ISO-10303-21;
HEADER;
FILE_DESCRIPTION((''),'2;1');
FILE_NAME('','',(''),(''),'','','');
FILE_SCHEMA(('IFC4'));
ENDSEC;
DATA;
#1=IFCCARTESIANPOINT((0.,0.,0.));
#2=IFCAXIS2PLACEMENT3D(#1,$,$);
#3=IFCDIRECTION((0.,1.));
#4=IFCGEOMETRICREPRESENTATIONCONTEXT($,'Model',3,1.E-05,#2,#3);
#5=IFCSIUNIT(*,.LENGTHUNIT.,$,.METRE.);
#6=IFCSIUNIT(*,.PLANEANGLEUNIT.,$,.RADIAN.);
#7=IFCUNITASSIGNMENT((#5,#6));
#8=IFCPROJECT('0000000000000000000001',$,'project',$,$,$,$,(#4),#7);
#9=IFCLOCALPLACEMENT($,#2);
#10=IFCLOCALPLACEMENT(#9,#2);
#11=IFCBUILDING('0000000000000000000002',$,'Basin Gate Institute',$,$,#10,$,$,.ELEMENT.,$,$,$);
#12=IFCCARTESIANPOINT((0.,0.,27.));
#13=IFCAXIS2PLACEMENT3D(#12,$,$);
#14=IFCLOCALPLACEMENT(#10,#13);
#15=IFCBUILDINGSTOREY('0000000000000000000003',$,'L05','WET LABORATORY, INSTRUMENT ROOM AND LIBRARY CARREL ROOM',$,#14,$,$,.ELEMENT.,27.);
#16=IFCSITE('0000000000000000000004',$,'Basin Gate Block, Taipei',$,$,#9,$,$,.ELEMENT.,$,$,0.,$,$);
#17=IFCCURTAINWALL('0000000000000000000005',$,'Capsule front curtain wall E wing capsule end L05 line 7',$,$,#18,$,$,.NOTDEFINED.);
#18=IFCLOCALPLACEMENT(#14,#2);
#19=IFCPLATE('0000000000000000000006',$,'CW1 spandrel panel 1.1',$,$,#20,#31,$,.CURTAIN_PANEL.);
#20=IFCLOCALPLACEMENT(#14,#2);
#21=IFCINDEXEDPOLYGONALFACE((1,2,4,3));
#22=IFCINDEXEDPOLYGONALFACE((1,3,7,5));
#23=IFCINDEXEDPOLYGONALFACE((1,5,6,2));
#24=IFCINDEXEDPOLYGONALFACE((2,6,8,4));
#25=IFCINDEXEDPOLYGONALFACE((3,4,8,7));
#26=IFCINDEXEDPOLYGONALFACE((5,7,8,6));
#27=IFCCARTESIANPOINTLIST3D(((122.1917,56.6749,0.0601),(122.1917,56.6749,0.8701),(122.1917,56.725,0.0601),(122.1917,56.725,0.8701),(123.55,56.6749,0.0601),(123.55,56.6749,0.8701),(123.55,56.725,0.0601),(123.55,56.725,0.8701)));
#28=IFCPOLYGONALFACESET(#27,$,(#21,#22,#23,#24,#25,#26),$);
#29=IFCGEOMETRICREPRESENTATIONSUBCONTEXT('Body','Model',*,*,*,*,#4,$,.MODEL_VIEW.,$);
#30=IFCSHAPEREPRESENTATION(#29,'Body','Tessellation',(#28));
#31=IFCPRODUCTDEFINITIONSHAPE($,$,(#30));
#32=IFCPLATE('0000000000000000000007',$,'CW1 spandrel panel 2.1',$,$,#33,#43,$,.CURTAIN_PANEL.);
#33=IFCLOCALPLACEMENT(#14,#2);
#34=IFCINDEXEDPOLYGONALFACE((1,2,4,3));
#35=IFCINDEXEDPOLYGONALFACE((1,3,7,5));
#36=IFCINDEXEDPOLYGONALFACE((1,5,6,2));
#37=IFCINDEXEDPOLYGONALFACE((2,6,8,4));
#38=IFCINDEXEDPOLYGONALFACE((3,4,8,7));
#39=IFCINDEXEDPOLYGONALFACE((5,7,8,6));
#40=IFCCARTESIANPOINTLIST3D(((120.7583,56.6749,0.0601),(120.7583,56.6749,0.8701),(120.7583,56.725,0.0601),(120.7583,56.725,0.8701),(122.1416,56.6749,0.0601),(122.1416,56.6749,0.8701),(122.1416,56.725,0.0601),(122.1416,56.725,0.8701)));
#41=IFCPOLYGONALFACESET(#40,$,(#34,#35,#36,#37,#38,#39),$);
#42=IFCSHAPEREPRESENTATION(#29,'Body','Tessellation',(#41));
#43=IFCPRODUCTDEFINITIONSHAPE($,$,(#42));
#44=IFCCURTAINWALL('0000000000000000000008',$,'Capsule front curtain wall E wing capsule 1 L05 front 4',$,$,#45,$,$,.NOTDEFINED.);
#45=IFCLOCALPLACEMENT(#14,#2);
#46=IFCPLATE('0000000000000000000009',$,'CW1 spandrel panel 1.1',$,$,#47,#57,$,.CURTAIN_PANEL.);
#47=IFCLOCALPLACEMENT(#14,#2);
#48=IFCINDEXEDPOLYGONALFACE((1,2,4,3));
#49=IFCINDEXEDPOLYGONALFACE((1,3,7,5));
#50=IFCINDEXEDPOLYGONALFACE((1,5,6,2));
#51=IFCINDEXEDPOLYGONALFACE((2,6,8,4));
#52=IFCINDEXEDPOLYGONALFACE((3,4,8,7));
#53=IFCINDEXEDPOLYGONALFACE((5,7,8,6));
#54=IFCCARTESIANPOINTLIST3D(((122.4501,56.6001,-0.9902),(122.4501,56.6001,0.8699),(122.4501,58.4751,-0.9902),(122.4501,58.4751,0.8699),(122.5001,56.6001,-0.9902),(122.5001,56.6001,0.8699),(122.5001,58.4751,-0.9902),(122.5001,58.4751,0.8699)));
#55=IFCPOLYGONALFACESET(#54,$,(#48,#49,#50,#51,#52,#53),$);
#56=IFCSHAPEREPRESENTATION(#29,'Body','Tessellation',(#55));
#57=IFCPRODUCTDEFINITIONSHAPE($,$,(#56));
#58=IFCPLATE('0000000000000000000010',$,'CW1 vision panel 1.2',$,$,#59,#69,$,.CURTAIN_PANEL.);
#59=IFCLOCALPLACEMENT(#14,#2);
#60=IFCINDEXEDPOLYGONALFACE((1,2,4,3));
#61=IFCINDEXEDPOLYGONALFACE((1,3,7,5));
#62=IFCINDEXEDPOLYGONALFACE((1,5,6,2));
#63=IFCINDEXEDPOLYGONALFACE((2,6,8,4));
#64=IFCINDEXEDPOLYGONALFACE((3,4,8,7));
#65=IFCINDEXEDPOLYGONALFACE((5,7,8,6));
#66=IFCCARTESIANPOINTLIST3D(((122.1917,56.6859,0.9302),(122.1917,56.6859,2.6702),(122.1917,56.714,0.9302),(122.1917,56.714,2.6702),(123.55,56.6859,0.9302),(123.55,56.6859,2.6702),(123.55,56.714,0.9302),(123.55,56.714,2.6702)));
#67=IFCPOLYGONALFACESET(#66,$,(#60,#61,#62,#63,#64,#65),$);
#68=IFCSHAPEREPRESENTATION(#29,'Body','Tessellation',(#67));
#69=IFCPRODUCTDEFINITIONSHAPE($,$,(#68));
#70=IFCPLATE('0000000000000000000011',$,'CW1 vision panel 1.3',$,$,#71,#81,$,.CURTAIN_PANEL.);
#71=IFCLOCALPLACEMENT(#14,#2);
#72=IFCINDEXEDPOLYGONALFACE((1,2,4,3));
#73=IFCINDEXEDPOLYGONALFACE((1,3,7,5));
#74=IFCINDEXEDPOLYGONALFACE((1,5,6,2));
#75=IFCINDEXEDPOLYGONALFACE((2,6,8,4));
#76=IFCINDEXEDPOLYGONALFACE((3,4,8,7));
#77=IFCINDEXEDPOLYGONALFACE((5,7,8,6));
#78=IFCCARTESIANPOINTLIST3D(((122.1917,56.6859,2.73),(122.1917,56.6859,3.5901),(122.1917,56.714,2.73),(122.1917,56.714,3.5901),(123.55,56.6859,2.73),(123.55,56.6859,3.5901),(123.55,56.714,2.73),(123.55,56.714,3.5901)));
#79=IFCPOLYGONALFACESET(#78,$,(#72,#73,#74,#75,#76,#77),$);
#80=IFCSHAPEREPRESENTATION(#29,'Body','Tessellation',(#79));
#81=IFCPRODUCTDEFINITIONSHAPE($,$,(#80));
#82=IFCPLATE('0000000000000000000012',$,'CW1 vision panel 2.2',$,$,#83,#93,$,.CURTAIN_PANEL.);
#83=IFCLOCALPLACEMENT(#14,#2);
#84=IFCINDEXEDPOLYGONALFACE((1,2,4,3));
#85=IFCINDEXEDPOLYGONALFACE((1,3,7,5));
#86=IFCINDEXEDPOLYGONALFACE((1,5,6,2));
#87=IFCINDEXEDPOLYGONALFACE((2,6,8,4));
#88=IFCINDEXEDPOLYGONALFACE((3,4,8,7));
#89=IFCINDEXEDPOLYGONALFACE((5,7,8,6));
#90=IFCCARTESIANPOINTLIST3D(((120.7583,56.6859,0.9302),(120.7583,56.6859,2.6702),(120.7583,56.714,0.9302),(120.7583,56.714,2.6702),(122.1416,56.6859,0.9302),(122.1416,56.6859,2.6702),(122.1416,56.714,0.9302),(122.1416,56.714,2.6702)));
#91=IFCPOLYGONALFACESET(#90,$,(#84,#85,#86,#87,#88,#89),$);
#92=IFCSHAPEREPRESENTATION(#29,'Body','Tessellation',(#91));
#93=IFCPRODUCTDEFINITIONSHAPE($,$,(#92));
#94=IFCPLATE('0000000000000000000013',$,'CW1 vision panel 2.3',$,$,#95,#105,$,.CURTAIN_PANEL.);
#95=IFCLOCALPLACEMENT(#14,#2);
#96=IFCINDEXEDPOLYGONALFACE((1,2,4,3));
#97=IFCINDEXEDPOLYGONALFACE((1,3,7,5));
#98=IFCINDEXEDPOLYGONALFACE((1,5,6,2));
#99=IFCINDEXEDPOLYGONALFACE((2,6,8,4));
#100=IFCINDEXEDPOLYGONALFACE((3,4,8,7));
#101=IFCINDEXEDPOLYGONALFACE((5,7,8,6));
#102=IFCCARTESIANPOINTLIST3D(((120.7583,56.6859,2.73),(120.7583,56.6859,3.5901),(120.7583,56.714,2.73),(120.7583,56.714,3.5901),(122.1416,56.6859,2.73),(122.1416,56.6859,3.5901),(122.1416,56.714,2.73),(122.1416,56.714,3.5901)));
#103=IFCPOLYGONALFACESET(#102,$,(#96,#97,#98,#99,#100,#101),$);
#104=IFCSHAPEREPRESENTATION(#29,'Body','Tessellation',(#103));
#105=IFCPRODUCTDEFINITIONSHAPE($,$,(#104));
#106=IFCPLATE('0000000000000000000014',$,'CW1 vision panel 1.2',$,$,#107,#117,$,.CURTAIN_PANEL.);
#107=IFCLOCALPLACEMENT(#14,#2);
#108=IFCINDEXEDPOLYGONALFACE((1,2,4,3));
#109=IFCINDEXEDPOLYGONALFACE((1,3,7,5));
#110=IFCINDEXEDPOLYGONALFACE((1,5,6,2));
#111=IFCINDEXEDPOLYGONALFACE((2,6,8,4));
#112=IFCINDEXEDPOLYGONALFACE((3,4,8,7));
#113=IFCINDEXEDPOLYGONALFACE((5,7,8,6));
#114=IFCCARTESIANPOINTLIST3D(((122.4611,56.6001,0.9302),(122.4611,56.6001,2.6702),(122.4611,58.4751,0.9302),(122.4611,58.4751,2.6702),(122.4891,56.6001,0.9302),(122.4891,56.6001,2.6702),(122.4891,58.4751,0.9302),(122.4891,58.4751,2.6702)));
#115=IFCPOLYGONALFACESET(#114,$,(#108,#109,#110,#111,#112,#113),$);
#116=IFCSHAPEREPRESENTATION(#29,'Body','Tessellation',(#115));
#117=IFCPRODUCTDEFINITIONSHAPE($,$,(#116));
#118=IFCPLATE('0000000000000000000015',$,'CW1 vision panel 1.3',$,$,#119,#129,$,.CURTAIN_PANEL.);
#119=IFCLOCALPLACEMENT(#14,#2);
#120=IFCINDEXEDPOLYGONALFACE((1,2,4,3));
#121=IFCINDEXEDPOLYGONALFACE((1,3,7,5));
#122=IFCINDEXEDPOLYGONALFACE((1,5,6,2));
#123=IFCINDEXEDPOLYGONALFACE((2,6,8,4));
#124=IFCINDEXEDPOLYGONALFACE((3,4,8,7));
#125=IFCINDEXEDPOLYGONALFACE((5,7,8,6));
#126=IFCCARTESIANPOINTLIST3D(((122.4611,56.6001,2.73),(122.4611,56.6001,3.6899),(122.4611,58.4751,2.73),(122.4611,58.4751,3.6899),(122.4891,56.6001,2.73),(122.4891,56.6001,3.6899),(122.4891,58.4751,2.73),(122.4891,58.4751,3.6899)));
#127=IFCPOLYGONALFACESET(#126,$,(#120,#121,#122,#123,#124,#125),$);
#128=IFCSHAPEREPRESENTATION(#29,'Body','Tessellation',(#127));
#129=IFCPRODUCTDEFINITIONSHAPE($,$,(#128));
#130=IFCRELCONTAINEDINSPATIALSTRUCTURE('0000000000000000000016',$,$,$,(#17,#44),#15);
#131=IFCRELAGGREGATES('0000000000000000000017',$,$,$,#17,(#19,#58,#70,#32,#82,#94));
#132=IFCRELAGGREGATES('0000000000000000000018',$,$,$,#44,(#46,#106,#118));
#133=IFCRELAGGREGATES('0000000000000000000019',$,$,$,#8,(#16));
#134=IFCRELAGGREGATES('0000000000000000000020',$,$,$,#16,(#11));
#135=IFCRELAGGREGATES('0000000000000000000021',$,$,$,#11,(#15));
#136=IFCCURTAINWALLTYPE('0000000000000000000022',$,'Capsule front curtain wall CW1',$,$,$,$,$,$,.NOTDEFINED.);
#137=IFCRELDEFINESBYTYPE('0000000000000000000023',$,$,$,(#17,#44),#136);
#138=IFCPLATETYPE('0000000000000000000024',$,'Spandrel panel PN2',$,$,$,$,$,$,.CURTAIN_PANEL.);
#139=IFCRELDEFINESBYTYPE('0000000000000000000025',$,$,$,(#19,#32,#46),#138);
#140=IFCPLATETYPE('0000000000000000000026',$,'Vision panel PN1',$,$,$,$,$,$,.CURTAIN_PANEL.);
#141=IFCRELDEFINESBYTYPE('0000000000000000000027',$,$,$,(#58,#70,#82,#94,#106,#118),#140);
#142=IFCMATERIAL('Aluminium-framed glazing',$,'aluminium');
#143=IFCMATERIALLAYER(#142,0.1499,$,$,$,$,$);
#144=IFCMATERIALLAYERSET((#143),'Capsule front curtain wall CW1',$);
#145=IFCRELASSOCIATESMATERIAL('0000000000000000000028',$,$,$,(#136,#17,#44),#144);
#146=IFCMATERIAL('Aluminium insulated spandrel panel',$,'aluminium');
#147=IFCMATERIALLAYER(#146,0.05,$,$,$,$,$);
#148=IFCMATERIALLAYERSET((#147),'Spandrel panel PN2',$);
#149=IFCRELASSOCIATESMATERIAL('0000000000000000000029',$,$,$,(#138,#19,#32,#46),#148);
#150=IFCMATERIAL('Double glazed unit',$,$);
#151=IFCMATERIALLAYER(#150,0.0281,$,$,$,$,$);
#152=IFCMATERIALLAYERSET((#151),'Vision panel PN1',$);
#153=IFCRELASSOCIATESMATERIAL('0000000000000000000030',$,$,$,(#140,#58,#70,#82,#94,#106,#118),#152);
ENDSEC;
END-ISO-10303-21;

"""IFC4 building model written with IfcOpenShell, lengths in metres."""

from ifc_helpers import new_model, si_unit, direction, frame, origin, origin_2d, place, context, subcontext, project, spatial, rectangle, extrude, material, layer, layer_set, type_object, element, aggregate, save


model = new_model("IFC4")

# Units and contexts
model_context = context("Model", 3, precision=1e-05, world=origin(), true_north=direction((0.0, 1.0)))
body_context = subcontext(model_context, "Body", "Model", "MODEL_VIEW")
ifc_project = project(units=[si_unit("LENGTHUNIT", "METRE"), si_unit("PLANEANGLEUNIT", "RADIAN")], contexts=[model_context])

# Site, building, storey
site_placement = place(None, origin())
site = spatial("IfcSite", under=ifc_project, at=site_placement, Name="Basin Gate Block, Taipei", CompositionType="ELEMENT", RefElevation=0.0)
building_placement = place(site_placement, origin())
building = spatial("IfcBuilding", under=site, at=building_placement, Name="Basin Gate Institute", CompositionType="ELEMENT")
storey_placement = place(building_placement, frame((0.0, 0.0, 27.0)))
storey = spatial("IfcBuildingStorey", under=building, at=storey_placement, Name="L05", Description="WET LABORATORY, INSTRUMENT ROOM AND LIBRARY CARREL ROOM", CompositionType="ELEMENT", Elevation=27.0)

# Curtain wall
ifc_material_1 = material(Name="Aluminium-framed glazing", Category="aluminium")
ifc_layer_1 = layer(ifc_material_1, 0.1499)
ifc_layer_set_1 = layer_set([ifc_layer_1], Name="Capsule front curtain wall CW1")
curtain_wall_type = type_object("IfcCurtainWallType", Name="Capsule front curtain wall CW1", PredefinedType="NOTDEFINED", material=ifc_layer_set_1)
curtain_wall_1_placement = place(storey_placement, origin())
curtain_wall_1 = element("IfcCurtainWall", 1, at=curtain_wall_1_placement, inside=storey, type_object=curtain_wall_type, material=ifc_layer_set_1, Name="Capsule front curtain wall E wing capsule end L05 line 7", PredefinedType="NOTDEFINED")

# Plates
ifc_material_2 = material(Name="Aluminium insulated spandrel panel", Category="aluminium")
ifc_layer_2 = layer(ifc_material_2, 0.05)
ifc_layer_set_2 = layer_set([ifc_layer_2], Name="Spandrel panel PN2")
plate_type_1 = type_object("IfcPlateType", Name="Spandrel panel PN2", PredefinedType="CURTAIN_PANEL", material=ifc_layer_set_2)
plate_1_placement = place(storey_placement, frame((122.8708, 56.7, 0.0601), z_axis=(0.0, 0.0, 1.0), x_axis=(-1.0, 0.0, 0.0)))
plate_1 = element("IfcPlate", 2, at=plate_1_placement, type_object=plate_type_1, material=ifc_layer_set_2, Name="CW1 spandrel panel 1.1", PredefinedType="CURTAIN_PANEL", context=body_context, shape_type="SweptSolid", body=[
    extrude(rectangle(XDim=1.3584, YDim=0.05, at=origin_2d()), origin(), (0.0, 0.0, 1.0), 0.8101),
])
plate_2_placement = place(storey_placement, frame((121.45, 56.7, 0.0601), z_axis=(0.0, 0.0, 1.0), x_axis=(-1.0, 0.0, 0.0)))
plate_2 = element("IfcPlate", 3, at=plate_2_placement, type_object=plate_type_1, material=ifc_layer_set_2, Name="CW1 spandrel panel 2.1", PredefinedType="CURTAIN_PANEL", context=body_context, shape_type="SweptSolid", body=[
    extrude(rectangle(XDim=1.3833, YDim=0.05, at=origin_2d()), origin(), (0.0, 0.0, 1.0), 0.8101),
])

# Curtain wall, plate
curtain_wall_2_placement = place(storey_placement, origin())
curtain_wall_2 = element("IfcCurtainWall", 4, at=curtain_wall_2_placement, inside=storey, type_object=curtain_wall_type, material=ifc_layer_set_1, Name="Capsule front curtain wall E wing capsule 1 L05 front 4", PredefinedType="NOTDEFINED")
plate_3_placement = place(storey_placement, frame((122.4751, 57.5376, -0.9902), z_axis=(0.0, 0.0, 1.0), x_axis=(0.0, 1.0, 0.0)))
plate_3 = element("IfcPlate", 5, at=plate_3_placement, type_object=plate_type_1, material=ifc_layer_set_2, Name="CW1 spandrel panel 1.1", PredefinedType="CURTAIN_PANEL", context=body_context, shape_type="SweptSolid", body=[
    extrude(rectangle(XDim=1.875, YDim=0.05, at=origin_2d()), origin(), (0.0, 0.0, 1.0), 1.8601),
])

# Plates
ifc_material_3 = material(Name="Double glazed unit")
ifc_layer_3 = layer(ifc_material_3, 0.0281)
ifc_layer_set_3 = layer_set([ifc_layer_3], Name="Vision panel PN1")
plate_type_2 = type_object("IfcPlateType", Name="Vision panel PN1", PredefinedType="CURTAIN_PANEL", material=ifc_layer_set_3)
plate_4_placement = place(storey_placement, frame((122.8708, 56.7, 0.9302), z_axis=(0.0, 0.0, 1.0), x_axis=(-1.0, 0.0, 0.0)))
plate_4 = element("IfcPlate", 6, at=plate_4_placement, type_object=plate_type_2, material=ifc_layer_set_3, Name="CW1 vision panel 1.2", PredefinedType="CURTAIN_PANEL", context=body_context, shape_type="SweptSolid", body=[
    extrude(rectangle(XDim=1.3584, YDim=0.0281, at=origin_2d()), origin(), (0.0, 0.0, 1.0), 1.74),
])
plate_5_placement = place(storey_placement, frame((122.8708, 56.7, 2.73), z_axis=(0.0, 0.0, 1.0), x_axis=(-1.0, 0.0, 0.0)))
plate_5 = element("IfcPlate", 7, at=plate_5_placement, type_object=plate_type_2, material=ifc_layer_set_3, Name="CW1 vision panel 1.3", PredefinedType="CURTAIN_PANEL", context=body_context, shape_type="SweptSolid", body=[
    extrude(rectangle(XDim=1.3584, YDim=0.0281, at=origin_2d()), origin(), (0.0, 0.0, 1.0), 0.8601),
])
plate_6_placement = place(storey_placement, frame((121.45, 56.7, 0.9302), z_axis=(0.0, 0.0, 1.0), x_axis=(-1.0, 0.0, 0.0)))
plate_6 = element("IfcPlate", 8, at=plate_6_placement, type_object=plate_type_2, material=ifc_layer_set_3, Name="CW1 vision panel 2.2", PredefinedType="CURTAIN_PANEL", context=body_context, shape_type="SweptSolid", body=[
    extrude(rectangle(XDim=1.3833, YDim=0.0281, at=origin_2d()), origin(), (0.0, 0.0, 1.0), 1.74),
])
plate_7_placement = place(storey_placement, frame((121.45, 56.7, 2.73), z_axis=(0.0, 0.0, 1.0), x_axis=(-1.0, 0.0, 0.0)))
plate_7 = element("IfcPlate", 9, at=plate_7_placement, type_object=plate_type_2, material=ifc_layer_set_3, Name="CW1 vision panel 2.3", PredefinedType="CURTAIN_PANEL", context=body_context, shape_type="SweptSolid", body=[
    extrude(rectangle(XDim=1.3833, YDim=0.0281, at=origin_2d()), origin(), (0.0, 0.0, 1.0), 0.8601),
])
aggregate(curtain_wall_1, [plate_1, plate_4, plate_5, plate_2, plate_6, plate_7])
plate_8_placement = place(storey_placement, frame((122.4751, 57.5376, 0.9302), z_axis=(0.0, 0.0, 1.0), x_axis=(0.0, 1.0, 0.0)))
plate_8 = element("IfcPlate", 10, at=plate_8_placement, type_object=plate_type_2, material=ifc_layer_set_3, Name="CW1 vision panel 1.2", PredefinedType="CURTAIN_PANEL", context=body_context, shape_type="SweptSolid", body=[
    extrude(rectangle(XDim=1.875, YDim=0.0281, at=origin_2d()), origin(), (0.0, 0.0, 1.0), 1.74),
])
plate_9_placement = place(storey_placement, frame((122.4751, 57.5376, 2.73), z_axis=(0.0, 0.0, 1.0), x_axis=(0.0, 1.0, 0.0)))
plate_9 = element("IfcPlate", 11, at=plate_9_placement, type_object=plate_type_2, material=ifc_layer_set_3, Name="CW1 vision panel 1.3", PredefinedType="CURTAIN_PANEL", context=body_context, shape_type="SweptSolid", body=[
    extrude(rectangle(XDim=1.875, YDim=0.0281, at=origin_2d()), origin(), (0.0, 0.0, 1.0), 0.96),
])
aggregate(curtain_wall_2, [plate_3, plate_8, plate_9])

save(model, "model.ifc")
